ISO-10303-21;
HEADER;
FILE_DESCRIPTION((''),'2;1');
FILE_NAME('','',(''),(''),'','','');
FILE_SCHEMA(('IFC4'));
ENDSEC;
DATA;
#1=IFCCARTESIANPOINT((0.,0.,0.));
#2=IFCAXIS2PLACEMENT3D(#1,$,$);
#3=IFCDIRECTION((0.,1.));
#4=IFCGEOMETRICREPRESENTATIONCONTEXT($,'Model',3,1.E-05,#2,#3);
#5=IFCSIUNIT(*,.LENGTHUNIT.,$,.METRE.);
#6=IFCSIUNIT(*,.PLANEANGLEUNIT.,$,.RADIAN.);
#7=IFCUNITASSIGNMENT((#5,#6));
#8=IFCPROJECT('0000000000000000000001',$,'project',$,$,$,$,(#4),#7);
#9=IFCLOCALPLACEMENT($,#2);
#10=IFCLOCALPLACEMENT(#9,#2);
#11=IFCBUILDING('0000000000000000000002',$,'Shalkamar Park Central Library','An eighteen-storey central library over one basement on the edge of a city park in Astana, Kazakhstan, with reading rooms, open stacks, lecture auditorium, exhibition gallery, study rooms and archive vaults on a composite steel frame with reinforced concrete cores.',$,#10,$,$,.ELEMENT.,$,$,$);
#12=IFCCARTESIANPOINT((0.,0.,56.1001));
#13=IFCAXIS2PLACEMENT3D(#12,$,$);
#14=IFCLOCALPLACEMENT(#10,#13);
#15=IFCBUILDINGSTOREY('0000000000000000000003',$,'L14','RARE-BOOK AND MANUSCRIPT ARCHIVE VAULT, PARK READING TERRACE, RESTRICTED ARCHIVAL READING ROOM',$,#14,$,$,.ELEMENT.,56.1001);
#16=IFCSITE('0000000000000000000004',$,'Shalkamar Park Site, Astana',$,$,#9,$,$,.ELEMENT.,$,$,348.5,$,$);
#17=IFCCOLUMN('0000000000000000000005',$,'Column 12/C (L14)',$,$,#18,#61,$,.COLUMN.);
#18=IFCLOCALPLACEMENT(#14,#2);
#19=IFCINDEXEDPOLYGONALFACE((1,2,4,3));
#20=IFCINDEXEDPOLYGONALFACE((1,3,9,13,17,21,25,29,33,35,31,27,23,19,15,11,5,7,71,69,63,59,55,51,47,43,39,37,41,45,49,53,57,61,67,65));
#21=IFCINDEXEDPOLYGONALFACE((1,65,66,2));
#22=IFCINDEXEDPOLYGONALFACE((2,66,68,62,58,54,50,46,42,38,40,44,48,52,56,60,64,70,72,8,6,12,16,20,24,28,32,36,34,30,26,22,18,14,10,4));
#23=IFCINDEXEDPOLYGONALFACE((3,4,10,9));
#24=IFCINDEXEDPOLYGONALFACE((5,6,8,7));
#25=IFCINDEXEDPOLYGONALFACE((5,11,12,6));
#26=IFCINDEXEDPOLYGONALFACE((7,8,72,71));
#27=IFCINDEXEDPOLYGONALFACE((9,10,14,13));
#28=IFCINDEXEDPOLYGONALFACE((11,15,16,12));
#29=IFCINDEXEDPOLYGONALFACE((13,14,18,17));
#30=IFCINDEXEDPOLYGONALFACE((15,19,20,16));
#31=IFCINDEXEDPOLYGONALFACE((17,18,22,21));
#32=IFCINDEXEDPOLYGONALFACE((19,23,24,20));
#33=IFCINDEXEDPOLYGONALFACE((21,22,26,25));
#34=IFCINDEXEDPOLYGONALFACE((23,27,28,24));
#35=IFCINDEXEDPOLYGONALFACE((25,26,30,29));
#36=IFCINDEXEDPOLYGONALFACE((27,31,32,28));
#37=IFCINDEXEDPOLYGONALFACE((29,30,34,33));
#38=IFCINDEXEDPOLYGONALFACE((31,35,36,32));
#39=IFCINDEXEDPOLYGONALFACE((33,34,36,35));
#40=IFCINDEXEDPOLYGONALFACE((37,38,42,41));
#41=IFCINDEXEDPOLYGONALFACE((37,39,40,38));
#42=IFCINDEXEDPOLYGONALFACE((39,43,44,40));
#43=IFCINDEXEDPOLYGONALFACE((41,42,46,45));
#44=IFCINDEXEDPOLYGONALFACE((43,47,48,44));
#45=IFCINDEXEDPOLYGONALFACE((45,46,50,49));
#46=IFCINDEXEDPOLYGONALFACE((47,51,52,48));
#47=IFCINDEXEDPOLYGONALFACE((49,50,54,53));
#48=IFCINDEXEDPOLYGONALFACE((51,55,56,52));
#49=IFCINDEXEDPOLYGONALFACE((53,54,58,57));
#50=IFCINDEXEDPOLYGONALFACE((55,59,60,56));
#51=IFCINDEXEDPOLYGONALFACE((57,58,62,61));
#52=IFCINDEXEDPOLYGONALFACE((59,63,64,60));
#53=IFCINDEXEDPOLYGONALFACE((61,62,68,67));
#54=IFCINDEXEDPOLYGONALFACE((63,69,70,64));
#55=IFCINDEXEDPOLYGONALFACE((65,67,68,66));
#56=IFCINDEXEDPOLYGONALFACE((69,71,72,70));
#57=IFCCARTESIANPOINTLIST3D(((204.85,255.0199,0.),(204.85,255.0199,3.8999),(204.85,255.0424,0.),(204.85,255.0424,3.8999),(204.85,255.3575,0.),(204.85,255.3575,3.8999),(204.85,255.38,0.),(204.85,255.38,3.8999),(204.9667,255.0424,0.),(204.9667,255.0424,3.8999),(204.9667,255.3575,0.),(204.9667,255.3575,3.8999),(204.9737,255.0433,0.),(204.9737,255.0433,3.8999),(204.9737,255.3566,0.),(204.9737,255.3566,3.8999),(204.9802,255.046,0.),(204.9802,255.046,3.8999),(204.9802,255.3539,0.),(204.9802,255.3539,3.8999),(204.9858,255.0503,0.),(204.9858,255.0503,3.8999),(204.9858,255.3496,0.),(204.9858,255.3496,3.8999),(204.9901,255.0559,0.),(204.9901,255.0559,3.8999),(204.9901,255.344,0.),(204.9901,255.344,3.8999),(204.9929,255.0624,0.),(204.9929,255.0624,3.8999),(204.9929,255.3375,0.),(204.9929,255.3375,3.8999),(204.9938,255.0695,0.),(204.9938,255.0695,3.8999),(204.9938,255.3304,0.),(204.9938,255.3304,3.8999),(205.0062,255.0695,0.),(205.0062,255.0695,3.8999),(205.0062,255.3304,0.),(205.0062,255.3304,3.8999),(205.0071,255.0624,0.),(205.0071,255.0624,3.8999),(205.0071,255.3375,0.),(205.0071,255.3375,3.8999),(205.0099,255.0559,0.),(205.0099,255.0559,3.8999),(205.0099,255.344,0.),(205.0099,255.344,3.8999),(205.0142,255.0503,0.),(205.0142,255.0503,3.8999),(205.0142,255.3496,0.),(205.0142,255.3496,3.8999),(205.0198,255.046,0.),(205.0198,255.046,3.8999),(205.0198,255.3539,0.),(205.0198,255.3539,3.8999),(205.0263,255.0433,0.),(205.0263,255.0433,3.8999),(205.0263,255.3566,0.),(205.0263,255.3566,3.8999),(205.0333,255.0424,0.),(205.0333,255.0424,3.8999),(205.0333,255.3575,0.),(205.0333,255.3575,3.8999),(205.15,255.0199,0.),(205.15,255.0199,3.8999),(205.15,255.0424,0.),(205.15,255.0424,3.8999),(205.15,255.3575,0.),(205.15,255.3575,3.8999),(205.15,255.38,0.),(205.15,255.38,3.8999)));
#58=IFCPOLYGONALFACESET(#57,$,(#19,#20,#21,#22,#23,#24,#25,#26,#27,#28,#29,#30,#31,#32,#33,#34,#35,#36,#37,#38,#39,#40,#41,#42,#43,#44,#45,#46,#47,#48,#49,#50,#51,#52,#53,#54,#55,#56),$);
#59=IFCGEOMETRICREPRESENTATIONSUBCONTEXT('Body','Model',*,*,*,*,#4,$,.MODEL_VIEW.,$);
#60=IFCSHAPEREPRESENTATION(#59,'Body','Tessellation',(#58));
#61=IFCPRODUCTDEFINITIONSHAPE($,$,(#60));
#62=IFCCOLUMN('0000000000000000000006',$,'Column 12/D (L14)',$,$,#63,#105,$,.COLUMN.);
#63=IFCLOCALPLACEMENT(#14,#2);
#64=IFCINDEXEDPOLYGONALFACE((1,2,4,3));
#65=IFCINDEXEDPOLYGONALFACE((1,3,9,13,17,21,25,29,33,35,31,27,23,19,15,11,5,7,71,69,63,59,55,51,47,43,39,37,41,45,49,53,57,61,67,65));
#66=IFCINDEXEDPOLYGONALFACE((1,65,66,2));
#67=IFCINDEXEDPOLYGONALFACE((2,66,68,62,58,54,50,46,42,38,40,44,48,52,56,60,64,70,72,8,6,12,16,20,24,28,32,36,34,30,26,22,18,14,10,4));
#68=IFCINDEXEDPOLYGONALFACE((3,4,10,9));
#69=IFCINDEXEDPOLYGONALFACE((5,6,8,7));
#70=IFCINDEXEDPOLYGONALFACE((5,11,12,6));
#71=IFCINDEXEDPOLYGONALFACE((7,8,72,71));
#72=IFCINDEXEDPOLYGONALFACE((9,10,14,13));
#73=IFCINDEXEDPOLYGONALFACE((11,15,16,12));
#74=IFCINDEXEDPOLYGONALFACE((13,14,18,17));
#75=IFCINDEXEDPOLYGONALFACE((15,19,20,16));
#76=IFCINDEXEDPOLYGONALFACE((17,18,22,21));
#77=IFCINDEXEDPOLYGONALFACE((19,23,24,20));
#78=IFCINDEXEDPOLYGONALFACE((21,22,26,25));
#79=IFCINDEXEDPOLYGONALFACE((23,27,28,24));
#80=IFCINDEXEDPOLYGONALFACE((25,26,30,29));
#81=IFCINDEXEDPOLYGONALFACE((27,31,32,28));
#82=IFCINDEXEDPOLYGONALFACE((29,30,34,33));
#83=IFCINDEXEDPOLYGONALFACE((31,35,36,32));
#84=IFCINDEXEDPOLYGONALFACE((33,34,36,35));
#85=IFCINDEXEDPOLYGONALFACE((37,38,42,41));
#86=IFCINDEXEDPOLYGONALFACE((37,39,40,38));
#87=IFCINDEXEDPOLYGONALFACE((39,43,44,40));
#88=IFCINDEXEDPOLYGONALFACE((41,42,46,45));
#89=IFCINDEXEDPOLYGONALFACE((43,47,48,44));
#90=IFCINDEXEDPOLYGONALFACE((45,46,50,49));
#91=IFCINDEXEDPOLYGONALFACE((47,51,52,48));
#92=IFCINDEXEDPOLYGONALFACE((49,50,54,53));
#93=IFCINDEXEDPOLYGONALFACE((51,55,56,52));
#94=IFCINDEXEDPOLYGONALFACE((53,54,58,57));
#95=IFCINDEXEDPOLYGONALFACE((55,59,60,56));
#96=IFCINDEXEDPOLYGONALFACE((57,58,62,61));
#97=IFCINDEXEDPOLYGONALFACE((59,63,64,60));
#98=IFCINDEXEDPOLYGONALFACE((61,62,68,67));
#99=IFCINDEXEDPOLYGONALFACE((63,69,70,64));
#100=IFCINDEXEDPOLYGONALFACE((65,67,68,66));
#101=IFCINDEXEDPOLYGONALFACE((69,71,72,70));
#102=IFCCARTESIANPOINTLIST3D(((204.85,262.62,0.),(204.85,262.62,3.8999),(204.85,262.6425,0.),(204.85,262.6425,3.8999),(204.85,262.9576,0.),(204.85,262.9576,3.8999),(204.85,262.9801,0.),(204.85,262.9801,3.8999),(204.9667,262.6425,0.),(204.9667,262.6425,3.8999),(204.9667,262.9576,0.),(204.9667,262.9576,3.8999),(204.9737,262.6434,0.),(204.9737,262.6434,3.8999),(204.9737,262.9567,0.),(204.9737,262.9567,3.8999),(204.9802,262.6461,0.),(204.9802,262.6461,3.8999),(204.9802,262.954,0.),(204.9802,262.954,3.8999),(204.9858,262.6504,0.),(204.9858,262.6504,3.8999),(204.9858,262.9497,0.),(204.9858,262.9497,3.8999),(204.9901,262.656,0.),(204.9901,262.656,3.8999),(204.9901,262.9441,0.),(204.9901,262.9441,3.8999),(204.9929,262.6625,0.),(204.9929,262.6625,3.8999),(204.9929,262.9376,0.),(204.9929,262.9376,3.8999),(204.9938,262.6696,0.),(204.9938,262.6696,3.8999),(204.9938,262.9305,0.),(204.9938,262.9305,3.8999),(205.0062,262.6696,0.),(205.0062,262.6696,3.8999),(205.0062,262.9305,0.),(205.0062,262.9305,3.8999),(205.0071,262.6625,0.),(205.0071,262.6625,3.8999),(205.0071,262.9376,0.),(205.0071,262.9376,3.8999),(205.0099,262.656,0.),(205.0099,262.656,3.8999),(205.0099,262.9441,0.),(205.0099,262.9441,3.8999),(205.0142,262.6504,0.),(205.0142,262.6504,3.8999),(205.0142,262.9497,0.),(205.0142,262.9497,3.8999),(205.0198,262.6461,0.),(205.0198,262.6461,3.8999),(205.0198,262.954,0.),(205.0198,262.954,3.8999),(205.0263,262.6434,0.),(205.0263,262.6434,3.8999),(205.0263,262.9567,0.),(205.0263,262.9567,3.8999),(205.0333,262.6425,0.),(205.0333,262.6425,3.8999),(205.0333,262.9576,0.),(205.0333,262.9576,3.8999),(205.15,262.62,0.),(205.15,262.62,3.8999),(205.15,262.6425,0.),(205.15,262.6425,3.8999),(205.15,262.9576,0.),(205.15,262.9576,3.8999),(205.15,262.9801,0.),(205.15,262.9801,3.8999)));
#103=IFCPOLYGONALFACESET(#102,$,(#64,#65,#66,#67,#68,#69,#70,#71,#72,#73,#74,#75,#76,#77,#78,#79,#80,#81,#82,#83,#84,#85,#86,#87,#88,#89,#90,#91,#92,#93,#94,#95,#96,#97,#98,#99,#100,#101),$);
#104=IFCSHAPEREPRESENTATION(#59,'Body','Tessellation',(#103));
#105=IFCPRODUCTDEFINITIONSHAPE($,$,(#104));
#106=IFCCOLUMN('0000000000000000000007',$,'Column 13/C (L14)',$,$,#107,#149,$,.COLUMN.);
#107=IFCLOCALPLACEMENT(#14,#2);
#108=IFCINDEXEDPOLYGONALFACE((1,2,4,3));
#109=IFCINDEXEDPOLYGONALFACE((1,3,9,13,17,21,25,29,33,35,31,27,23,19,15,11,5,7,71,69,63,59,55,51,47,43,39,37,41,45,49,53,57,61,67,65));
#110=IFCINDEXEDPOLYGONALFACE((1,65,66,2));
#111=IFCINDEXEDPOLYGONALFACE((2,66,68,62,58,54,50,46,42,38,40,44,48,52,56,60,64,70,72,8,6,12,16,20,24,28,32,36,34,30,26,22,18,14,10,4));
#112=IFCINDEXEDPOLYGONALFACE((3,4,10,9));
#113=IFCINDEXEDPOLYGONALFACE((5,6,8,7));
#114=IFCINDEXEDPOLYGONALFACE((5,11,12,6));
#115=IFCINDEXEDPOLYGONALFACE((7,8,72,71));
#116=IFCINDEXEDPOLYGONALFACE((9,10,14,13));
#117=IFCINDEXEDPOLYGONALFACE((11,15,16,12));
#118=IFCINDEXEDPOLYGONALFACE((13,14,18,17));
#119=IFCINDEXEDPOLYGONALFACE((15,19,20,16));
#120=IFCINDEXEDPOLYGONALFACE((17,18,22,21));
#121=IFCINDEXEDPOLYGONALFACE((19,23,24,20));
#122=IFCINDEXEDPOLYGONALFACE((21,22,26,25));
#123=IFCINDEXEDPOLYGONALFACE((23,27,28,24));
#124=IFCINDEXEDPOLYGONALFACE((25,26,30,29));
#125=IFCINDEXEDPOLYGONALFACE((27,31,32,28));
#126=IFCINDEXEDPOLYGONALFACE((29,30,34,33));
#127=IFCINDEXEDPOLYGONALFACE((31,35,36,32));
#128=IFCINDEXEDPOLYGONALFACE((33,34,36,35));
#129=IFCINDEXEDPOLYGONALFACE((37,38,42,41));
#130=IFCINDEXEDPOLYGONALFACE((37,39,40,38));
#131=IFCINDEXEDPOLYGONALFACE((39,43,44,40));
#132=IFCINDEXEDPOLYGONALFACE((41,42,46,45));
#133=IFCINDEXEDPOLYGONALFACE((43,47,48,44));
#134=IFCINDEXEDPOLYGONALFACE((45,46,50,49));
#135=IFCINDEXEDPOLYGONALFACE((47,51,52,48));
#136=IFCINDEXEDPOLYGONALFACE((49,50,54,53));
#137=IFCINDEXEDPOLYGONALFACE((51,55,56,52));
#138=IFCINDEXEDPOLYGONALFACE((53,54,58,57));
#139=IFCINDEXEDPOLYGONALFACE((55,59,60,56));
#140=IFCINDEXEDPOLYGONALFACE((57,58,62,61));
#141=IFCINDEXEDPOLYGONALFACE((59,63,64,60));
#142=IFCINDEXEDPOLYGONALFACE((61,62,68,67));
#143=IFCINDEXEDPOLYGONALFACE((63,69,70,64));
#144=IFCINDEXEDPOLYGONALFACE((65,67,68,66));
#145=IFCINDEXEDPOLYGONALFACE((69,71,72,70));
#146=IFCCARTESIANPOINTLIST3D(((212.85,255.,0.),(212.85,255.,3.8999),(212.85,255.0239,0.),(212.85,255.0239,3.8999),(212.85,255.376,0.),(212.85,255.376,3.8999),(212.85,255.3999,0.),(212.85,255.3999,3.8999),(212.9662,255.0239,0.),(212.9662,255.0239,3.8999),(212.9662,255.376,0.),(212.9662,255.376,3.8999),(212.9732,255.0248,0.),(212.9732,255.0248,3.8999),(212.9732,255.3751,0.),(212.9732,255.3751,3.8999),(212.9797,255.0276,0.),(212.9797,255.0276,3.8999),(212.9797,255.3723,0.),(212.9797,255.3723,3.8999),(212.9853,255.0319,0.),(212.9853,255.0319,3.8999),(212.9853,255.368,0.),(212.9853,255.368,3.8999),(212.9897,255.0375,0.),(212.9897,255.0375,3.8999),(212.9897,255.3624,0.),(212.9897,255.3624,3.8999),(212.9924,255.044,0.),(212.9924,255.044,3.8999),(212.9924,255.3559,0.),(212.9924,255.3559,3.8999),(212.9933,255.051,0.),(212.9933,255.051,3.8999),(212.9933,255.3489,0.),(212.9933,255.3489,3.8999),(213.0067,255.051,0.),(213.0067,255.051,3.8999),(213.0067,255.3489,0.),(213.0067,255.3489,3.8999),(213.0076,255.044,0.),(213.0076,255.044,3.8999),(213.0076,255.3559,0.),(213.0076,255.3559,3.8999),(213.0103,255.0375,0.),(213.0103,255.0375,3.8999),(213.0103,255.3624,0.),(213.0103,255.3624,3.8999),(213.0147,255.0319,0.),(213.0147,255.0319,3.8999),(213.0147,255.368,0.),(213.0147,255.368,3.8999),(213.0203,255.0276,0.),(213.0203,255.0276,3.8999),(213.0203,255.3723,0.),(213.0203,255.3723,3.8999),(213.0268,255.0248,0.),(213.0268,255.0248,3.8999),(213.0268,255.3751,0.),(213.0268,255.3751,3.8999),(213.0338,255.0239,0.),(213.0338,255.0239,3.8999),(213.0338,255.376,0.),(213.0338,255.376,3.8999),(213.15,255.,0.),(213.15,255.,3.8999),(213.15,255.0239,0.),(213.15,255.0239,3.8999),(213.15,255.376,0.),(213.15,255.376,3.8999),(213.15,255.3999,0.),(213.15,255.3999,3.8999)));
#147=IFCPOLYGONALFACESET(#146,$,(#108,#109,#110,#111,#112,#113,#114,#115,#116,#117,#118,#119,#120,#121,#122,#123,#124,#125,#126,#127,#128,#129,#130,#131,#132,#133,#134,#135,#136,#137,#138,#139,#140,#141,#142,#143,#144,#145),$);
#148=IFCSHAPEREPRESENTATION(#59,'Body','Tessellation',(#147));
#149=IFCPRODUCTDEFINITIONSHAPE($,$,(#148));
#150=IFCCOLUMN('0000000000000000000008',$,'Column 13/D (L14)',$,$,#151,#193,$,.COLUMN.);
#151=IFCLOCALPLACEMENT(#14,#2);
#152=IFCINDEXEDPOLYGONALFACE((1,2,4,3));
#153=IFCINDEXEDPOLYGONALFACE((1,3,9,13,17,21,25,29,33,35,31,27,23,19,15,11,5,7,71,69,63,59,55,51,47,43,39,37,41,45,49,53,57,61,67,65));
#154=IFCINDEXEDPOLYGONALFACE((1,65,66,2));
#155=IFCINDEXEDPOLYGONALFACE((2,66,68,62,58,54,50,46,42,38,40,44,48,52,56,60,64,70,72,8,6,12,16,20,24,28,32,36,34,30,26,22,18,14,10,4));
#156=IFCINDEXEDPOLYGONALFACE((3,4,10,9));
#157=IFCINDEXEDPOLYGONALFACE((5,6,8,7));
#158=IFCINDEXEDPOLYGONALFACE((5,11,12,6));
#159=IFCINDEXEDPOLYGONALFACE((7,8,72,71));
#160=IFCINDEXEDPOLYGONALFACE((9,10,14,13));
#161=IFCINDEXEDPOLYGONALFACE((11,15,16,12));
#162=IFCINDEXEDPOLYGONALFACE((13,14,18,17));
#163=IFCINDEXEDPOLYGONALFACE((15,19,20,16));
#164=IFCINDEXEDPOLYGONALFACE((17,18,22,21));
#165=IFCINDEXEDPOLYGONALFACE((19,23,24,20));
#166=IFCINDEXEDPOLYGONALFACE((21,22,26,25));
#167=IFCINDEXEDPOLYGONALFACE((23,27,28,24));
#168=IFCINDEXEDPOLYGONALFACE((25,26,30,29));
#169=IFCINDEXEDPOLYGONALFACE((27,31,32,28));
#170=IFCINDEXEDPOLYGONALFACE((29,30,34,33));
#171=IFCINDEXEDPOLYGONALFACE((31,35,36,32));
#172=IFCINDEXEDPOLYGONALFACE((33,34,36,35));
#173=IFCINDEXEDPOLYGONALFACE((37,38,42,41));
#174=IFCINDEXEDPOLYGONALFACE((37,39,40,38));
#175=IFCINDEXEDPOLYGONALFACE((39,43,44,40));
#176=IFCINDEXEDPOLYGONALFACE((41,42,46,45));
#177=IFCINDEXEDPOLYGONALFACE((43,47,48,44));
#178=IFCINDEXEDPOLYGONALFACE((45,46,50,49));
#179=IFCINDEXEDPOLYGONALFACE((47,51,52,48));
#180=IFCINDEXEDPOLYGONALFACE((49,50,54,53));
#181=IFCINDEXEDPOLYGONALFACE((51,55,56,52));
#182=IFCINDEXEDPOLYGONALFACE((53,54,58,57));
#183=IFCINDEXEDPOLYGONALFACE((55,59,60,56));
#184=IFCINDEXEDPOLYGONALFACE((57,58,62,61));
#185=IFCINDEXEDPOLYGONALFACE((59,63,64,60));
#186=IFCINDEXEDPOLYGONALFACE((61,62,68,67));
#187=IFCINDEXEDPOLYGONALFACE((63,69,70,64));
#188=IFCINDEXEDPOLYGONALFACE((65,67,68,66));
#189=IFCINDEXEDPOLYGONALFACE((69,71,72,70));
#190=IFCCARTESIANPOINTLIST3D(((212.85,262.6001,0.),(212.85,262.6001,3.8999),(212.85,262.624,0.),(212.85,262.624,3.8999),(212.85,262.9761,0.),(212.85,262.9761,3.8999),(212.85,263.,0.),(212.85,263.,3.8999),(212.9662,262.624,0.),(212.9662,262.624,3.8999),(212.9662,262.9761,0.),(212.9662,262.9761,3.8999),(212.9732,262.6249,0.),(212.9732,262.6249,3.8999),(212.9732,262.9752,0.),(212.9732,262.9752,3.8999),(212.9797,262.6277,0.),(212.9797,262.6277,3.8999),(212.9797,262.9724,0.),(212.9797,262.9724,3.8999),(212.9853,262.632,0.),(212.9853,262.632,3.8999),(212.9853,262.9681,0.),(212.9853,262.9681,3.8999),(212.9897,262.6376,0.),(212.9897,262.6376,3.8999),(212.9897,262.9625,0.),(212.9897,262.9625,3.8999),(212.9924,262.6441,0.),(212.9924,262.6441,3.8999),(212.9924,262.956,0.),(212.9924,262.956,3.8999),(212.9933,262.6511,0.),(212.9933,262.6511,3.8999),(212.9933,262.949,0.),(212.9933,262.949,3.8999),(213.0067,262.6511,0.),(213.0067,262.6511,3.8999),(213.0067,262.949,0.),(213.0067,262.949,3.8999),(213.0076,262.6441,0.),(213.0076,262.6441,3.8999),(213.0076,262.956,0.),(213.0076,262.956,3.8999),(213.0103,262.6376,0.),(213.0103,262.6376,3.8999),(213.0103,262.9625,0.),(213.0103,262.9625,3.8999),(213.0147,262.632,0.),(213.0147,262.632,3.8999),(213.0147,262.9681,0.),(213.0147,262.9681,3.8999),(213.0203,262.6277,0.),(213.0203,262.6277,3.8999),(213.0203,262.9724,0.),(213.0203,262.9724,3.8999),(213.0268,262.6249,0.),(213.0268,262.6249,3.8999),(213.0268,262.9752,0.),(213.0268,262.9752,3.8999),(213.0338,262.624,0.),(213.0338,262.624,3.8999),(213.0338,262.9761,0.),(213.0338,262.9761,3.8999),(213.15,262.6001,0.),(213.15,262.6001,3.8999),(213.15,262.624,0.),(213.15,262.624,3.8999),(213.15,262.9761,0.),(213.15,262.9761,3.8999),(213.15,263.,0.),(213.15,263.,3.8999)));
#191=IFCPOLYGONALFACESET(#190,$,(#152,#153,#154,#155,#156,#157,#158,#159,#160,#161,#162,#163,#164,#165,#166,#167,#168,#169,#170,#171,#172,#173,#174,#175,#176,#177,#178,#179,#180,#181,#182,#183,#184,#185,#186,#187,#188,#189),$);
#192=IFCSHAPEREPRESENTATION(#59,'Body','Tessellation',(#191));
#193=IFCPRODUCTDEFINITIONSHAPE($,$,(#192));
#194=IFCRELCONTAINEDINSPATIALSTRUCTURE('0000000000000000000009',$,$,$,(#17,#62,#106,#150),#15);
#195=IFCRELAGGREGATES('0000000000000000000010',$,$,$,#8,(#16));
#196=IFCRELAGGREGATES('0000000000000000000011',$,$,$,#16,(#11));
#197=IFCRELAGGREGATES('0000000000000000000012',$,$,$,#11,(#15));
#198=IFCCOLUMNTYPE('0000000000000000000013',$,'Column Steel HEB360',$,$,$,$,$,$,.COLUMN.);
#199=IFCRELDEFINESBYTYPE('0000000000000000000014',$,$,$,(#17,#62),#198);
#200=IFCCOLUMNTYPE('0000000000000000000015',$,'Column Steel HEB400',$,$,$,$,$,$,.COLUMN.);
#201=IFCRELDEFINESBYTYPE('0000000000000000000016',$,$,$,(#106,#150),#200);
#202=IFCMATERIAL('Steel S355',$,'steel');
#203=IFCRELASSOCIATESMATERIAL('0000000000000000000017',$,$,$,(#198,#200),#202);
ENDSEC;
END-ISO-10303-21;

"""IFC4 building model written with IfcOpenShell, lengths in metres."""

from ifc_helpers import new_model, si_unit, direction, frame, origin, origin_2d, place, context, subcontext, project, spatial, i_section, extrude, material, material_profile, profile_set, type_object, element, save


model = new_model("IFC4")

# Units and contexts
model_context = context("Model", 3, precision=1e-05, world=origin(), true_north=direction((0.0, 1.0)))
body_context = subcontext(model_context, "Body", "Model", "MODEL_VIEW")
ifc_project = project(units=[si_unit("LENGTHUNIT", "METRE"), si_unit("PLANEANGLEUNIT", "RADIAN")], contexts=[model_context])

# Site, building, storey
site_placement = place(None, origin())
site = spatial("IfcSite", under=ifc_project, at=site_placement, Name="Shalkamar Park Site, Astana", CompositionType="ELEMENT", RefElevation=348.5)
building_placement = place(site_placement, origin())
building = spatial("IfcBuilding", under=site, at=building_placement, Name="Shalkamar Park Central Library", Description="An eighteen-storey central library over one basement on the edge of a city park in Astana, Kazakhstan, with reading rooms, open stacks, lecture auditorium, exhibition gallery, study rooms and archive vaults on a composite steel frame with reinforced concrete cores.", CompositionType="ELEMENT")
storey_placement = place(building_placement, frame((0.0, 0.0, 56.1001)))
storey = spatial("IfcBuildingStorey", under=building, at=storey_placement, Name="L14", Description="RARE-BOOK AND MANUSCRIPT ARCHIVE VAULT, PARK READING TERRACE, RESTRICTED ARCHIVAL READING ROOM", CompositionType="ELEMENT", Elevation=56.1001)

# Columns
ifc_material_1 = material(Name="Steel S355", Category="steel")
ifc_material_profile_1 = material_profile(ifc_material_1, i_section(OverallWidth=0.3, OverallDepth=0.3601, WebThickness=0.0125, FlangeThickness=0.0225, FilletRadius=0.0271, at=origin_2d()), Name="HEB 360")
ifc_profile_set_1 = profile_set([ifc_material_profile_1], Name="Steel S355")
column_type_1 = type_object("IfcColumnType", Name="Column Steel HEB360", PredefinedType="COLUMN", material=ifc_profile_set_1)
for number, where, z_axis, x_axis, name in (
    (1, (205.0, 255.2, 0.0), (0.0, 0.0, 1.0), (1.0, 0.0, 0.0), "Column 12/C (L14)"),
    (2, (205.0, 262.8, 0.0), (0.0, 0.0, 1.0), (1.0, 0.0, 0.0), "Column 12/D (L14)"),
):
    element("IfcColumn", number, at=place(storey_placement, frame(where, z_axis=z_axis, x_axis=x_axis)), inside=storey, type_object=column_type_1, Name=name, PredefinedType="COLUMN", context=body_context, shape_type="SweptSolid", body=[
        extrude(i_section(OverallWidth=0.3, OverallDepth=0.3601, WebThickness=0.0125, FlangeThickness=0.0225, FilletRadius=0.0271, at=origin_2d()), origin(), (0.0, 0.0, 1.0), 3.8999),
    ])
ifc_material_profile_2 = material_profile(ifc_material_1, i_section(OverallWidth=0.3, OverallDepth=0.3999, WebThickness=0.0134, FlangeThickness=0.0239, FilletRadius=0.0271, at=origin_2d()), Name="HEB 400")
ifc_profile_set_2 = profile_set([ifc_material_profile_2], Name="Steel S355")
column_type_2 = type_object("IfcColumnType", Name="Column Steel HEB400", PredefinedType="COLUMN", material=ifc_profile_set_2)
for number, where, z_axis, x_axis, name in (
    (3, (213.0, 255.2, 0.0), (0.0, 0.0, 1.0), (1.0, 0.0, 0.0), "Column 13/C (L14)"),
    (4, (213.0, 262.8, 0.0), (0.0, 0.0, 1.0), (1.0, 0.0, 0.0), "Column 13/D (L14)"),
):
    element("IfcColumn", number, at=place(storey_placement, frame(where, z_axis=z_axis, x_axis=x_axis)), inside=storey, type_object=column_type_2, Name=name, PredefinedType="COLUMN", context=body_context, shape_type="SweptSolid", body=[
        extrude(i_section(OverallWidth=0.3, OverallDepth=0.3999, WebThickness=0.0134, FlangeThickness=0.0239, FilletRadius=0.0271, at=origin_2d()), origin(), (0.0, 0.0, 1.0), 3.8999),
    ])

save(model, "model.ifc")
